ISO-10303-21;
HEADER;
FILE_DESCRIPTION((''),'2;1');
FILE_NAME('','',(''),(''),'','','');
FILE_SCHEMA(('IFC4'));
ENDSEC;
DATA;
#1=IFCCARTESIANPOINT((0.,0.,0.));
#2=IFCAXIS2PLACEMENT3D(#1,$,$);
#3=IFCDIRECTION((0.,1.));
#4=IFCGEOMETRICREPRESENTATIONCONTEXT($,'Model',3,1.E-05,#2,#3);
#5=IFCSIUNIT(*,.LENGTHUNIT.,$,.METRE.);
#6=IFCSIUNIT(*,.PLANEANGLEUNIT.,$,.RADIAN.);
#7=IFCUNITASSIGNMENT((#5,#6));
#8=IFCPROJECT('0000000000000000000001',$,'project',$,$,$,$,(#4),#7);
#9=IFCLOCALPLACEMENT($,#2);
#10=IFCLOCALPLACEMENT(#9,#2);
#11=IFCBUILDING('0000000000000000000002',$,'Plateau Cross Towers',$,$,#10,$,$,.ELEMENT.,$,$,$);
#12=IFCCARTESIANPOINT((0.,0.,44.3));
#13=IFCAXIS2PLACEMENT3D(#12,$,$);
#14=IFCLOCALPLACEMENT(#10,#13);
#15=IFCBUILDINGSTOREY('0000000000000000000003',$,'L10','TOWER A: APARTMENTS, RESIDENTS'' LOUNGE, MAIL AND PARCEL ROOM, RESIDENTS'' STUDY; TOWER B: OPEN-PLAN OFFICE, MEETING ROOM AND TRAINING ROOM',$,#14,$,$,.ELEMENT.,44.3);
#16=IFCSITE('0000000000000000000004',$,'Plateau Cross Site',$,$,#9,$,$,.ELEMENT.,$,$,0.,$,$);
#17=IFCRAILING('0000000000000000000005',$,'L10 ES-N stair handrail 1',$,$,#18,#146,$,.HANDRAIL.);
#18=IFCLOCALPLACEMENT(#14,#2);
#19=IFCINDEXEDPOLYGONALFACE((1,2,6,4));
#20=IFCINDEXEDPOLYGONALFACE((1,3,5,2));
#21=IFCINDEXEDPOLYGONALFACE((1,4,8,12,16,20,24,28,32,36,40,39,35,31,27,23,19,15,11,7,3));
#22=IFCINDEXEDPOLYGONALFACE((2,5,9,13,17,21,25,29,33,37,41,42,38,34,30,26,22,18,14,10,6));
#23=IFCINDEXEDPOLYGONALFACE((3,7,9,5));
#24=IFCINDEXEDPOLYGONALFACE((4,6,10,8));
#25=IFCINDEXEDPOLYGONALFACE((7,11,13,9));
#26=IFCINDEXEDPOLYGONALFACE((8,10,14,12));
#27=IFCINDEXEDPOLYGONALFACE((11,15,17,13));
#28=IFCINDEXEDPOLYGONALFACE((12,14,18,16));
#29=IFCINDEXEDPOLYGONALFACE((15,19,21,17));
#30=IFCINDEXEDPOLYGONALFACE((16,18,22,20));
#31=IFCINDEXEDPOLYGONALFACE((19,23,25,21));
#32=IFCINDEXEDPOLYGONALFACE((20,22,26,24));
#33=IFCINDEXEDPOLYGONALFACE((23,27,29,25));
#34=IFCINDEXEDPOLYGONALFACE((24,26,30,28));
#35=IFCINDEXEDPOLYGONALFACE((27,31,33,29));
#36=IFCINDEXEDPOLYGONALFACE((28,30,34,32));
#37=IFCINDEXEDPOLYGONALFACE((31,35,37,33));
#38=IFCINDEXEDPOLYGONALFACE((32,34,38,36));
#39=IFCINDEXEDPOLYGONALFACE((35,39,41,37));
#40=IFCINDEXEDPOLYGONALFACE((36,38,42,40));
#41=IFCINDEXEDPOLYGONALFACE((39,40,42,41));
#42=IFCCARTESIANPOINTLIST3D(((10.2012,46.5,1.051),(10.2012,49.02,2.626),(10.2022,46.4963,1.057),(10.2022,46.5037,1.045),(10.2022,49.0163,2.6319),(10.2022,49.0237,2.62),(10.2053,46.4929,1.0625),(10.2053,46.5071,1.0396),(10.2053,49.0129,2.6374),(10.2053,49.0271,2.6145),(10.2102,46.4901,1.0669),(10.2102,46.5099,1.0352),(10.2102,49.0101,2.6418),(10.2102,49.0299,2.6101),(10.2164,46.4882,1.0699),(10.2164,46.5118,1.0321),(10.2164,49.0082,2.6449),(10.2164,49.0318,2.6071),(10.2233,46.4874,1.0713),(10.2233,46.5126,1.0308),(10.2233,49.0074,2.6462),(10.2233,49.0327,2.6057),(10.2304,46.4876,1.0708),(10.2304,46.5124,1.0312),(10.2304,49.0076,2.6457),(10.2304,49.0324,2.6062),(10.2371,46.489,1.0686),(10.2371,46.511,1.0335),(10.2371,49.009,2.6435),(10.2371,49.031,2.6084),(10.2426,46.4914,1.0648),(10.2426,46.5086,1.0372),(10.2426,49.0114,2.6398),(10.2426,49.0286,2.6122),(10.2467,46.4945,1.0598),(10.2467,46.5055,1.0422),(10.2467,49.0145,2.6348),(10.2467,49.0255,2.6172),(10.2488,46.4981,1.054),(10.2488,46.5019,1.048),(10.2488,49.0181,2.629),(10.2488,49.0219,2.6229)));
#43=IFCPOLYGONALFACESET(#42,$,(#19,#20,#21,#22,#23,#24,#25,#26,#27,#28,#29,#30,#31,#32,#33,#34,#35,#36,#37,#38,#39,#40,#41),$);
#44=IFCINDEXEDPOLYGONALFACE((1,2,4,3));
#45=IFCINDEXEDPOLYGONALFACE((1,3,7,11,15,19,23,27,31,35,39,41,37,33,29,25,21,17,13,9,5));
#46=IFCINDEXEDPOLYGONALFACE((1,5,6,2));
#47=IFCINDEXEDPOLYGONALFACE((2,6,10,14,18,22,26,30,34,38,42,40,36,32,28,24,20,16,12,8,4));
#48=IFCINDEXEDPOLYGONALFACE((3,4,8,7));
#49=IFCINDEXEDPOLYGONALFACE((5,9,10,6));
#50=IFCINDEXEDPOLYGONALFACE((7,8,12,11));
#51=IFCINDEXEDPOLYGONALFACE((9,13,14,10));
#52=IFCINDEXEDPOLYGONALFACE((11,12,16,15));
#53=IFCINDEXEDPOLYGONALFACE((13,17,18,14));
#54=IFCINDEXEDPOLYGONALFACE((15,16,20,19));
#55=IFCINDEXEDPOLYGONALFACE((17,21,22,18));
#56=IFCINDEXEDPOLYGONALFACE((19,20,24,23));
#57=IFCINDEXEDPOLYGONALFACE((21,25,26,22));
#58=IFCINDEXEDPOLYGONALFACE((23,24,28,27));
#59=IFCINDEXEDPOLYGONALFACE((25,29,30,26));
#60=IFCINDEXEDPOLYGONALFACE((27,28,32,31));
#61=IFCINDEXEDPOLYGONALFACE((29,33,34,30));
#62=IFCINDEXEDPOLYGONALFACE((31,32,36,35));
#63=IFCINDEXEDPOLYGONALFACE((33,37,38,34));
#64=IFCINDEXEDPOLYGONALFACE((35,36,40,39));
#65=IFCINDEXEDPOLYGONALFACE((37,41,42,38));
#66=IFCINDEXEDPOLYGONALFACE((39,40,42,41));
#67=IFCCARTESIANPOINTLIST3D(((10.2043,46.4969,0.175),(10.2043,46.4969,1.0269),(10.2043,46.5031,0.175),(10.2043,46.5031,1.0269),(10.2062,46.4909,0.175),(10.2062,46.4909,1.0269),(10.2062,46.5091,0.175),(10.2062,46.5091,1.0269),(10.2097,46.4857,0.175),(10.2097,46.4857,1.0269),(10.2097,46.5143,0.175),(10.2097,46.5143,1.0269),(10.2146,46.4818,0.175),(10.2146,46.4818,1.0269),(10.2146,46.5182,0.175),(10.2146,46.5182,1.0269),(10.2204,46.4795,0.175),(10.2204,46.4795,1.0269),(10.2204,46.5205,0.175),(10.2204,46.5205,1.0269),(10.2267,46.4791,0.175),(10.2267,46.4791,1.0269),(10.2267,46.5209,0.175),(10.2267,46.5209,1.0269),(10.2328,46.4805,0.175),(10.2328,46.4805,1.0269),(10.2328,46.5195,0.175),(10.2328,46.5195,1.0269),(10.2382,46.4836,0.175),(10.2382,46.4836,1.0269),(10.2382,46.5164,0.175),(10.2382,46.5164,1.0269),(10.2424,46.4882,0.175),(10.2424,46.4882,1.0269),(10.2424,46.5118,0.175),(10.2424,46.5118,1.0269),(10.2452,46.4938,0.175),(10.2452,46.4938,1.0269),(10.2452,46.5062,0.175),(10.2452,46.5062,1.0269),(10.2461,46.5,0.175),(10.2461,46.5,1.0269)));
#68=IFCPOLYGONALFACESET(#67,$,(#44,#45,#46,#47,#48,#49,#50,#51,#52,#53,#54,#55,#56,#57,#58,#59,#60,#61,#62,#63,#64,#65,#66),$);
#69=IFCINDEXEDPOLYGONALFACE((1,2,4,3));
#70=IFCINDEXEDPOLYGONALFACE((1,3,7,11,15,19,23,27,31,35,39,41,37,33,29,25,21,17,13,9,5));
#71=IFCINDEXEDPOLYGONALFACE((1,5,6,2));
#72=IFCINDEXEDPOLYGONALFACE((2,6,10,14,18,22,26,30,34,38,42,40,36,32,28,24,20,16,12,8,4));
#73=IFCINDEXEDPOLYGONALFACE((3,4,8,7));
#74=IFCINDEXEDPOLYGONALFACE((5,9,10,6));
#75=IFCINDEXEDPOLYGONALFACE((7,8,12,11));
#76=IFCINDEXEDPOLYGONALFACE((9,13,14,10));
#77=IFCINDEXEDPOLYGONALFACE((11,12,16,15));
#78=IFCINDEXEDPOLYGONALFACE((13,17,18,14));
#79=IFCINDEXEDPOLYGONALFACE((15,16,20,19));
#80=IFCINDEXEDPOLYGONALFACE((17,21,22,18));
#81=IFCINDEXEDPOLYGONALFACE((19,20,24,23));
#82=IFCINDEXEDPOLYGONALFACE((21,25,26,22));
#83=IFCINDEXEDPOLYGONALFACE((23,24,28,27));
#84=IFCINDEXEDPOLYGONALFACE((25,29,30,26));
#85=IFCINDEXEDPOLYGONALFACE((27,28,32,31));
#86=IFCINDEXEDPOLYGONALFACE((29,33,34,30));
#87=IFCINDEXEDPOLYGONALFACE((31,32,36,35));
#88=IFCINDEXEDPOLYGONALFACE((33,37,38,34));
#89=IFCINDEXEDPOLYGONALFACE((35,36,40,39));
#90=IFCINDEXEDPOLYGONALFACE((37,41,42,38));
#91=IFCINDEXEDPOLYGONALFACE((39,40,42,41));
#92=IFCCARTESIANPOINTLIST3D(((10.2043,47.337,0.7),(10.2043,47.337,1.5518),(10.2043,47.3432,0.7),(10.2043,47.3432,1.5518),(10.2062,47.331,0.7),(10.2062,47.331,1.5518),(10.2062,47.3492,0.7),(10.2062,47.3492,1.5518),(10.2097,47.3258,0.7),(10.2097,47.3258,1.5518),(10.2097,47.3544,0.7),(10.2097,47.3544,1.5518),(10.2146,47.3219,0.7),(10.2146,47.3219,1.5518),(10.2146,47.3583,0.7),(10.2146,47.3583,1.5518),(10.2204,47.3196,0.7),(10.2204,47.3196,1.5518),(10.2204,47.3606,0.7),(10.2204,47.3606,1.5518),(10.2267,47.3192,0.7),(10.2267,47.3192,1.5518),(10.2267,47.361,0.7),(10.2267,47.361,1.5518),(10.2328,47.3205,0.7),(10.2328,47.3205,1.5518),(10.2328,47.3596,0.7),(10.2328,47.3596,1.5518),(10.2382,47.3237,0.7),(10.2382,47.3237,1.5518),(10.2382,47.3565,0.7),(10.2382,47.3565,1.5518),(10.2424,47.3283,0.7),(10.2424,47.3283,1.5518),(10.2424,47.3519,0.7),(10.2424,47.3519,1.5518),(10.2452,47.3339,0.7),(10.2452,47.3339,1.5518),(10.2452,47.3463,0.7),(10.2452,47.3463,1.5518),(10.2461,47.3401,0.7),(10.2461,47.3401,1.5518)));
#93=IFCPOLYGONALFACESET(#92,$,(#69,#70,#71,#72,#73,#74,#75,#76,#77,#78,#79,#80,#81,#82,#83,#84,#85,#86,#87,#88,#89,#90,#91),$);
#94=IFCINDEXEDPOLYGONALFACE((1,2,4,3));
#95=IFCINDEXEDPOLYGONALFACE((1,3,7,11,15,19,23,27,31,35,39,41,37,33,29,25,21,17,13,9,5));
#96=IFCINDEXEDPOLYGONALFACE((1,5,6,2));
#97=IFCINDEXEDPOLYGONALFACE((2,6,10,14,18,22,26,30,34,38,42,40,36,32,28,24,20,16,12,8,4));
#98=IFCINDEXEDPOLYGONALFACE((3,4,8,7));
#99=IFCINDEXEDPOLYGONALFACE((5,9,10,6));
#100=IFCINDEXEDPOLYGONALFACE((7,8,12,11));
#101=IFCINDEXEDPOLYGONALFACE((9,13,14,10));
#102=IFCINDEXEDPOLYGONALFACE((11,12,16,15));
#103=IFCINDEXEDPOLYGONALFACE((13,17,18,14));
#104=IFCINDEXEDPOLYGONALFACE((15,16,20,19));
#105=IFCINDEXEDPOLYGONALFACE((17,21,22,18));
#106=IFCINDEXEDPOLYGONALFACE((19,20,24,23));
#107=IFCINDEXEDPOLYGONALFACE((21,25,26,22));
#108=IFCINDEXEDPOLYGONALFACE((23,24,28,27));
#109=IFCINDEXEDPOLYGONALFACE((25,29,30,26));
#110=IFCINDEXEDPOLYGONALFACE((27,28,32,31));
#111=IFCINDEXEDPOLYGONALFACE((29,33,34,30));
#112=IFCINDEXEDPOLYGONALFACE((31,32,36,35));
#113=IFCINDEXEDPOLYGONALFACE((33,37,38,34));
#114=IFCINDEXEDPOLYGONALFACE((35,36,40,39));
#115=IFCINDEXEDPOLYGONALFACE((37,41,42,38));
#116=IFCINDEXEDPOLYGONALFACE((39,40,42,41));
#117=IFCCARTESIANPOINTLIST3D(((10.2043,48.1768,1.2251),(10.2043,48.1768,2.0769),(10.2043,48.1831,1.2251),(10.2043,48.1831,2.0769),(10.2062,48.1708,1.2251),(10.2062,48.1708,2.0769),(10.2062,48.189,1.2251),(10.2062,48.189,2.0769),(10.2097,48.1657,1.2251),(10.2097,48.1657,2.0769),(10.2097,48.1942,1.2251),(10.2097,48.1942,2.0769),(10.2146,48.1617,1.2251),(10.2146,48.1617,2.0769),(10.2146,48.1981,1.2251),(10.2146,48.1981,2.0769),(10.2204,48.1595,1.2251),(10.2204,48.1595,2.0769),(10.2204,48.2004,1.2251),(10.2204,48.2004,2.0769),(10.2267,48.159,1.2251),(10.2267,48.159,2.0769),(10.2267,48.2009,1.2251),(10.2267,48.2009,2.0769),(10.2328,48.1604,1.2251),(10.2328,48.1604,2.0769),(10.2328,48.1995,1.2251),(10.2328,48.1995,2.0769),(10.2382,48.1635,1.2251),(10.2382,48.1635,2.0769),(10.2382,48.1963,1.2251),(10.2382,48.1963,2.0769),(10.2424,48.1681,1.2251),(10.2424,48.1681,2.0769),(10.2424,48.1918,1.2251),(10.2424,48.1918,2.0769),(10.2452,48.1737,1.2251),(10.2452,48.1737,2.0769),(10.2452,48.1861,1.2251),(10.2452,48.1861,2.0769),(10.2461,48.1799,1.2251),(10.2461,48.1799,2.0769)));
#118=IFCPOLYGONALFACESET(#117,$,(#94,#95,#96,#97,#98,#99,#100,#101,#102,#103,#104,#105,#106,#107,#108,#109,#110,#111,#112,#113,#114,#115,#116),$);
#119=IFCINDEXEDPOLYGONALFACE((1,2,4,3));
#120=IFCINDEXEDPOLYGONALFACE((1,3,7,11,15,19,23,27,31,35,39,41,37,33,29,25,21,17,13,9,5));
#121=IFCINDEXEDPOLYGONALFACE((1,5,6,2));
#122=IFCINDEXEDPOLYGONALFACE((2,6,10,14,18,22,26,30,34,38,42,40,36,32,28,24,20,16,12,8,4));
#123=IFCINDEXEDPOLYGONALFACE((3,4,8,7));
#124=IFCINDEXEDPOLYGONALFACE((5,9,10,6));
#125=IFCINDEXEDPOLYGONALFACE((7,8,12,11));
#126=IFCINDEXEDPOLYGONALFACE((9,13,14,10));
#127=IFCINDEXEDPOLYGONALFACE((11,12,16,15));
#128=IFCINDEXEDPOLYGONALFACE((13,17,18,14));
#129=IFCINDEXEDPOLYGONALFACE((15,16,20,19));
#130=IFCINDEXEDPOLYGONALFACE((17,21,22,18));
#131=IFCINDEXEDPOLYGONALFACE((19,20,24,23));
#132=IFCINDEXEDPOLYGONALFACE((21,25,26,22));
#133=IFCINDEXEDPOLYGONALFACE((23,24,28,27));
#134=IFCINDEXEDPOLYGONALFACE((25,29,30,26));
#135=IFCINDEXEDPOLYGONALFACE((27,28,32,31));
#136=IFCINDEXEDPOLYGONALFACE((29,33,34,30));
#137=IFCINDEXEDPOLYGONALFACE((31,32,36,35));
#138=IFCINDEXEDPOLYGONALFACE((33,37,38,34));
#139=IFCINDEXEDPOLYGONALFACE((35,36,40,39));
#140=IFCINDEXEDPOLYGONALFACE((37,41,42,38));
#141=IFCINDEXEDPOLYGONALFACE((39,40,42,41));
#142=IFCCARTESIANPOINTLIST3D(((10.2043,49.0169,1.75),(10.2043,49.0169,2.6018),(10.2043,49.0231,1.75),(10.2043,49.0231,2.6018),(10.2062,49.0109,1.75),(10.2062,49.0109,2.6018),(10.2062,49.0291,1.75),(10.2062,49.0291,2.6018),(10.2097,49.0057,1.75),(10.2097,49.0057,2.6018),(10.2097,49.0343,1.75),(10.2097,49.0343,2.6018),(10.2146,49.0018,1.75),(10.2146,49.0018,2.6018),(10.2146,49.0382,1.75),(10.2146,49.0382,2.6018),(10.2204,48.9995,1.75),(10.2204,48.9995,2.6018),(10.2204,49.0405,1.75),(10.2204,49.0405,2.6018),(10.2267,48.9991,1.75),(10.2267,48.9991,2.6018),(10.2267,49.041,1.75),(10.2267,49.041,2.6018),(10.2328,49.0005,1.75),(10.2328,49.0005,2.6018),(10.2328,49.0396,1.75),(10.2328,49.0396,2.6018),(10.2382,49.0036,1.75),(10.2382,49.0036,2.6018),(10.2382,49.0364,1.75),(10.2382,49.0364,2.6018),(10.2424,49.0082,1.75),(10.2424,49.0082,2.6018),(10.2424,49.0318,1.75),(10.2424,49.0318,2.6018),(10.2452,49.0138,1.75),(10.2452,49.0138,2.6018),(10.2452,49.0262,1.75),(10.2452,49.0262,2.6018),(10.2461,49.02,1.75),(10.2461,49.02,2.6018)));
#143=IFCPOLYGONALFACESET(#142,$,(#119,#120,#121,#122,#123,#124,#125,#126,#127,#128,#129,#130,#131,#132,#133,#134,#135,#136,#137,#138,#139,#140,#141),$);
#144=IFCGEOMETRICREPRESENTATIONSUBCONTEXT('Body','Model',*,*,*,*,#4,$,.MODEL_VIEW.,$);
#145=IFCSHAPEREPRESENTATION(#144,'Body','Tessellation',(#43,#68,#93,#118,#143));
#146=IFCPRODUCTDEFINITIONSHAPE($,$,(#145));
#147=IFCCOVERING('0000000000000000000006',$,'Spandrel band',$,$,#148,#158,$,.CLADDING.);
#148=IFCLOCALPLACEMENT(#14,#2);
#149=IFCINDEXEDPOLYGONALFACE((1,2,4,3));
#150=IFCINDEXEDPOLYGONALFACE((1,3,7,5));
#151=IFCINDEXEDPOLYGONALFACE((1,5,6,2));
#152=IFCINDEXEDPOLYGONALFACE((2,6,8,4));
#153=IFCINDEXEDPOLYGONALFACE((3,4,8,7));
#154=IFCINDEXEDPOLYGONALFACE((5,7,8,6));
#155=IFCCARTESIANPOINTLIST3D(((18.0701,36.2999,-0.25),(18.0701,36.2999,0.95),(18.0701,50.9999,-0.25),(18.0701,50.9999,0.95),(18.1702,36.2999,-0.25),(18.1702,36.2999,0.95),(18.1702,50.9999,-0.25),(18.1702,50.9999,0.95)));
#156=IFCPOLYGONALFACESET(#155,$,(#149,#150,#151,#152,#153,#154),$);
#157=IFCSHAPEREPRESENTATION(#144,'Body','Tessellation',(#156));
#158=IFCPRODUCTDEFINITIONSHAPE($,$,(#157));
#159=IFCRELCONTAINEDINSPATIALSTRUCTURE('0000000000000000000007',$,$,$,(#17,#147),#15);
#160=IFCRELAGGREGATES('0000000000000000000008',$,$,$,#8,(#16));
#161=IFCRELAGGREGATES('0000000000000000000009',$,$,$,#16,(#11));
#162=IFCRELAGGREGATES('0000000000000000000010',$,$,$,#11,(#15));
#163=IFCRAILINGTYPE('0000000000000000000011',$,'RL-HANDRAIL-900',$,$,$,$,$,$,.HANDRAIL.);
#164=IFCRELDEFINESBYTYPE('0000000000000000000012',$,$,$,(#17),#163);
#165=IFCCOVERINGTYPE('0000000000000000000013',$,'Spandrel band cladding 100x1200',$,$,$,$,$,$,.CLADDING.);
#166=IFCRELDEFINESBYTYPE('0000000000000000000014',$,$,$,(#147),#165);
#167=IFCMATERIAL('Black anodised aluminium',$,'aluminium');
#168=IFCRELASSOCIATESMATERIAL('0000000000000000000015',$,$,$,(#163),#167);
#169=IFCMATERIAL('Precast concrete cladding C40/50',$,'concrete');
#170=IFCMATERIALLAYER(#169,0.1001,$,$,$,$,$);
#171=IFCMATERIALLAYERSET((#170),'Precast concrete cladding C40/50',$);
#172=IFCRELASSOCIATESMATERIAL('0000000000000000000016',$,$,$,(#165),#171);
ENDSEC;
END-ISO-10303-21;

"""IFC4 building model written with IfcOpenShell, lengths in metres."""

from ifc_helpers import new_model, si_unit, direction, frame, origin, origin_2d, place, context, subcontext, project, spatial, rectangle, circle, extrude, material, layer, layer_set, type_object, element, save


model = new_model("IFC4")

# Units and contexts
model_context = context("Model", 3, precision=1e-05, world=origin(), true_north=direction((0.0, 1.0)))
body_context = subcontext(model_context, "Body", "Model", "MODEL_VIEW")
ifc_project = project(units=[si_unit("LENGTHUNIT", "METRE"), si_unit("PLANEANGLEUNIT", "RADIAN")], contexts=[model_context])

# Site, building, storey
site_placement = place(None, origin())
site = spatial("IfcSite", under=ifc_project, at=site_placement, Name="Plateau Cross Site", CompositionType="ELEMENT", RefElevation=0.0)
building_placement = place(site_placement, origin())
building = spatial("IfcBuilding", under=site, at=building_placement, Name="Plateau Cross Towers", CompositionType="ELEMENT")
storey_placement = place(building_placement, frame((0.0, 0.0, 44.3)))
storey = spatial("IfcBuildingStorey", under=building, at=storey_placement, Name="L10", Description="TOWER A: APARTMENTS, RESIDENTS' LOUNGE, MAIL AND PARCEL ROOM, RESIDENTS' STUDY; TOWER B: OPEN-PLAN OFFICE, MEETING ROOM AND TRAINING ROOM", CompositionType="ELEMENT", Elevation=44.3)

# Shared definitions
ifc_material_1 = material(Name="Black anodised aluminium", Category="aluminium")

# Railing
railing_type_1 = type_object("IfcRailingType", Name="RL-HANDRAIL-900", PredefinedType="HANDRAIL", material=ifc_material_1)
railing_1_placement = place(storey_placement, frame((10.2251, 46.5, 0.175)))
element("IfcRailing", 1, at=railing_1_placement, inside=storey, type_object=railing_type_1, Name="L10 ES-N stair handrail 1", PredefinedType="HANDRAIL", context=body_context, shape_type="SweptSolid", body=[
    extrude(circle(Radius=0.0239, at=origin_2d()), frame((0.0, 0.0, 0.876), z_axis=(0.0, 0.848008, 0.529984), x_axis=(-1.0, 0.0, 0.0)), (0.0, 0.0, 1.0), 2.9717),
    extrude(circle(Radius=0.021, at=origin_2d()), origin(), (0.0, 0.0, 1.0), 0.8518),
    extrude(circle(Radius=0.021, at=origin_2d()), frame((0.0, 0.8401, 0.5249)), (0.0, 0.0, 1.0), 0.8518),
    extrude(circle(Radius=0.021, at=origin_2d()), frame((0.0, 1.6799, 1.05)), (0.0, 0.0, 1.0), 0.8518),
    extrude(circle(Radius=0.021, at=origin_2d()), frame((0.0, 2.52, 1.575)), (0.0, 0.0, 1.0), 0.8518),
])

# Covering
ifc_material_2 = material(Name="Precast concrete cladding C40/50", Category="concrete")
ifc_layer_1 = layer(ifc_material_2, 0.1001)
ifc_layer_set_1 = layer_set([ifc_layer_1], Name="Precast concrete cladding C40/50")
covering_type = type_object("IfcCoveringType", Name="Spandrel band cladding 100x1200", PredefinedType="CLADDING", material=ifc_layer_set_1)
covering_placement = place(storey_placement, frame((18.1201, 43.6499, -0.25), z_axis=(0.0, 0.0, 1.0), x_axis=(0.0, 1.0, 0.0)))
element("IfcCovering", 2, at=covering_placement, inside=storey, type_object=covering_type, Name="Spandrel band", PredefinedType="CLADDING", context=body_context, shape_type="SweptSolid", body=[
    extrude(rectangle(XDim=14.7, YDim=0.1001, at=origin_2d()), origin(), (0.0, 0.0, 1.0), 1.2),
])

save(model, "model.ifc")
